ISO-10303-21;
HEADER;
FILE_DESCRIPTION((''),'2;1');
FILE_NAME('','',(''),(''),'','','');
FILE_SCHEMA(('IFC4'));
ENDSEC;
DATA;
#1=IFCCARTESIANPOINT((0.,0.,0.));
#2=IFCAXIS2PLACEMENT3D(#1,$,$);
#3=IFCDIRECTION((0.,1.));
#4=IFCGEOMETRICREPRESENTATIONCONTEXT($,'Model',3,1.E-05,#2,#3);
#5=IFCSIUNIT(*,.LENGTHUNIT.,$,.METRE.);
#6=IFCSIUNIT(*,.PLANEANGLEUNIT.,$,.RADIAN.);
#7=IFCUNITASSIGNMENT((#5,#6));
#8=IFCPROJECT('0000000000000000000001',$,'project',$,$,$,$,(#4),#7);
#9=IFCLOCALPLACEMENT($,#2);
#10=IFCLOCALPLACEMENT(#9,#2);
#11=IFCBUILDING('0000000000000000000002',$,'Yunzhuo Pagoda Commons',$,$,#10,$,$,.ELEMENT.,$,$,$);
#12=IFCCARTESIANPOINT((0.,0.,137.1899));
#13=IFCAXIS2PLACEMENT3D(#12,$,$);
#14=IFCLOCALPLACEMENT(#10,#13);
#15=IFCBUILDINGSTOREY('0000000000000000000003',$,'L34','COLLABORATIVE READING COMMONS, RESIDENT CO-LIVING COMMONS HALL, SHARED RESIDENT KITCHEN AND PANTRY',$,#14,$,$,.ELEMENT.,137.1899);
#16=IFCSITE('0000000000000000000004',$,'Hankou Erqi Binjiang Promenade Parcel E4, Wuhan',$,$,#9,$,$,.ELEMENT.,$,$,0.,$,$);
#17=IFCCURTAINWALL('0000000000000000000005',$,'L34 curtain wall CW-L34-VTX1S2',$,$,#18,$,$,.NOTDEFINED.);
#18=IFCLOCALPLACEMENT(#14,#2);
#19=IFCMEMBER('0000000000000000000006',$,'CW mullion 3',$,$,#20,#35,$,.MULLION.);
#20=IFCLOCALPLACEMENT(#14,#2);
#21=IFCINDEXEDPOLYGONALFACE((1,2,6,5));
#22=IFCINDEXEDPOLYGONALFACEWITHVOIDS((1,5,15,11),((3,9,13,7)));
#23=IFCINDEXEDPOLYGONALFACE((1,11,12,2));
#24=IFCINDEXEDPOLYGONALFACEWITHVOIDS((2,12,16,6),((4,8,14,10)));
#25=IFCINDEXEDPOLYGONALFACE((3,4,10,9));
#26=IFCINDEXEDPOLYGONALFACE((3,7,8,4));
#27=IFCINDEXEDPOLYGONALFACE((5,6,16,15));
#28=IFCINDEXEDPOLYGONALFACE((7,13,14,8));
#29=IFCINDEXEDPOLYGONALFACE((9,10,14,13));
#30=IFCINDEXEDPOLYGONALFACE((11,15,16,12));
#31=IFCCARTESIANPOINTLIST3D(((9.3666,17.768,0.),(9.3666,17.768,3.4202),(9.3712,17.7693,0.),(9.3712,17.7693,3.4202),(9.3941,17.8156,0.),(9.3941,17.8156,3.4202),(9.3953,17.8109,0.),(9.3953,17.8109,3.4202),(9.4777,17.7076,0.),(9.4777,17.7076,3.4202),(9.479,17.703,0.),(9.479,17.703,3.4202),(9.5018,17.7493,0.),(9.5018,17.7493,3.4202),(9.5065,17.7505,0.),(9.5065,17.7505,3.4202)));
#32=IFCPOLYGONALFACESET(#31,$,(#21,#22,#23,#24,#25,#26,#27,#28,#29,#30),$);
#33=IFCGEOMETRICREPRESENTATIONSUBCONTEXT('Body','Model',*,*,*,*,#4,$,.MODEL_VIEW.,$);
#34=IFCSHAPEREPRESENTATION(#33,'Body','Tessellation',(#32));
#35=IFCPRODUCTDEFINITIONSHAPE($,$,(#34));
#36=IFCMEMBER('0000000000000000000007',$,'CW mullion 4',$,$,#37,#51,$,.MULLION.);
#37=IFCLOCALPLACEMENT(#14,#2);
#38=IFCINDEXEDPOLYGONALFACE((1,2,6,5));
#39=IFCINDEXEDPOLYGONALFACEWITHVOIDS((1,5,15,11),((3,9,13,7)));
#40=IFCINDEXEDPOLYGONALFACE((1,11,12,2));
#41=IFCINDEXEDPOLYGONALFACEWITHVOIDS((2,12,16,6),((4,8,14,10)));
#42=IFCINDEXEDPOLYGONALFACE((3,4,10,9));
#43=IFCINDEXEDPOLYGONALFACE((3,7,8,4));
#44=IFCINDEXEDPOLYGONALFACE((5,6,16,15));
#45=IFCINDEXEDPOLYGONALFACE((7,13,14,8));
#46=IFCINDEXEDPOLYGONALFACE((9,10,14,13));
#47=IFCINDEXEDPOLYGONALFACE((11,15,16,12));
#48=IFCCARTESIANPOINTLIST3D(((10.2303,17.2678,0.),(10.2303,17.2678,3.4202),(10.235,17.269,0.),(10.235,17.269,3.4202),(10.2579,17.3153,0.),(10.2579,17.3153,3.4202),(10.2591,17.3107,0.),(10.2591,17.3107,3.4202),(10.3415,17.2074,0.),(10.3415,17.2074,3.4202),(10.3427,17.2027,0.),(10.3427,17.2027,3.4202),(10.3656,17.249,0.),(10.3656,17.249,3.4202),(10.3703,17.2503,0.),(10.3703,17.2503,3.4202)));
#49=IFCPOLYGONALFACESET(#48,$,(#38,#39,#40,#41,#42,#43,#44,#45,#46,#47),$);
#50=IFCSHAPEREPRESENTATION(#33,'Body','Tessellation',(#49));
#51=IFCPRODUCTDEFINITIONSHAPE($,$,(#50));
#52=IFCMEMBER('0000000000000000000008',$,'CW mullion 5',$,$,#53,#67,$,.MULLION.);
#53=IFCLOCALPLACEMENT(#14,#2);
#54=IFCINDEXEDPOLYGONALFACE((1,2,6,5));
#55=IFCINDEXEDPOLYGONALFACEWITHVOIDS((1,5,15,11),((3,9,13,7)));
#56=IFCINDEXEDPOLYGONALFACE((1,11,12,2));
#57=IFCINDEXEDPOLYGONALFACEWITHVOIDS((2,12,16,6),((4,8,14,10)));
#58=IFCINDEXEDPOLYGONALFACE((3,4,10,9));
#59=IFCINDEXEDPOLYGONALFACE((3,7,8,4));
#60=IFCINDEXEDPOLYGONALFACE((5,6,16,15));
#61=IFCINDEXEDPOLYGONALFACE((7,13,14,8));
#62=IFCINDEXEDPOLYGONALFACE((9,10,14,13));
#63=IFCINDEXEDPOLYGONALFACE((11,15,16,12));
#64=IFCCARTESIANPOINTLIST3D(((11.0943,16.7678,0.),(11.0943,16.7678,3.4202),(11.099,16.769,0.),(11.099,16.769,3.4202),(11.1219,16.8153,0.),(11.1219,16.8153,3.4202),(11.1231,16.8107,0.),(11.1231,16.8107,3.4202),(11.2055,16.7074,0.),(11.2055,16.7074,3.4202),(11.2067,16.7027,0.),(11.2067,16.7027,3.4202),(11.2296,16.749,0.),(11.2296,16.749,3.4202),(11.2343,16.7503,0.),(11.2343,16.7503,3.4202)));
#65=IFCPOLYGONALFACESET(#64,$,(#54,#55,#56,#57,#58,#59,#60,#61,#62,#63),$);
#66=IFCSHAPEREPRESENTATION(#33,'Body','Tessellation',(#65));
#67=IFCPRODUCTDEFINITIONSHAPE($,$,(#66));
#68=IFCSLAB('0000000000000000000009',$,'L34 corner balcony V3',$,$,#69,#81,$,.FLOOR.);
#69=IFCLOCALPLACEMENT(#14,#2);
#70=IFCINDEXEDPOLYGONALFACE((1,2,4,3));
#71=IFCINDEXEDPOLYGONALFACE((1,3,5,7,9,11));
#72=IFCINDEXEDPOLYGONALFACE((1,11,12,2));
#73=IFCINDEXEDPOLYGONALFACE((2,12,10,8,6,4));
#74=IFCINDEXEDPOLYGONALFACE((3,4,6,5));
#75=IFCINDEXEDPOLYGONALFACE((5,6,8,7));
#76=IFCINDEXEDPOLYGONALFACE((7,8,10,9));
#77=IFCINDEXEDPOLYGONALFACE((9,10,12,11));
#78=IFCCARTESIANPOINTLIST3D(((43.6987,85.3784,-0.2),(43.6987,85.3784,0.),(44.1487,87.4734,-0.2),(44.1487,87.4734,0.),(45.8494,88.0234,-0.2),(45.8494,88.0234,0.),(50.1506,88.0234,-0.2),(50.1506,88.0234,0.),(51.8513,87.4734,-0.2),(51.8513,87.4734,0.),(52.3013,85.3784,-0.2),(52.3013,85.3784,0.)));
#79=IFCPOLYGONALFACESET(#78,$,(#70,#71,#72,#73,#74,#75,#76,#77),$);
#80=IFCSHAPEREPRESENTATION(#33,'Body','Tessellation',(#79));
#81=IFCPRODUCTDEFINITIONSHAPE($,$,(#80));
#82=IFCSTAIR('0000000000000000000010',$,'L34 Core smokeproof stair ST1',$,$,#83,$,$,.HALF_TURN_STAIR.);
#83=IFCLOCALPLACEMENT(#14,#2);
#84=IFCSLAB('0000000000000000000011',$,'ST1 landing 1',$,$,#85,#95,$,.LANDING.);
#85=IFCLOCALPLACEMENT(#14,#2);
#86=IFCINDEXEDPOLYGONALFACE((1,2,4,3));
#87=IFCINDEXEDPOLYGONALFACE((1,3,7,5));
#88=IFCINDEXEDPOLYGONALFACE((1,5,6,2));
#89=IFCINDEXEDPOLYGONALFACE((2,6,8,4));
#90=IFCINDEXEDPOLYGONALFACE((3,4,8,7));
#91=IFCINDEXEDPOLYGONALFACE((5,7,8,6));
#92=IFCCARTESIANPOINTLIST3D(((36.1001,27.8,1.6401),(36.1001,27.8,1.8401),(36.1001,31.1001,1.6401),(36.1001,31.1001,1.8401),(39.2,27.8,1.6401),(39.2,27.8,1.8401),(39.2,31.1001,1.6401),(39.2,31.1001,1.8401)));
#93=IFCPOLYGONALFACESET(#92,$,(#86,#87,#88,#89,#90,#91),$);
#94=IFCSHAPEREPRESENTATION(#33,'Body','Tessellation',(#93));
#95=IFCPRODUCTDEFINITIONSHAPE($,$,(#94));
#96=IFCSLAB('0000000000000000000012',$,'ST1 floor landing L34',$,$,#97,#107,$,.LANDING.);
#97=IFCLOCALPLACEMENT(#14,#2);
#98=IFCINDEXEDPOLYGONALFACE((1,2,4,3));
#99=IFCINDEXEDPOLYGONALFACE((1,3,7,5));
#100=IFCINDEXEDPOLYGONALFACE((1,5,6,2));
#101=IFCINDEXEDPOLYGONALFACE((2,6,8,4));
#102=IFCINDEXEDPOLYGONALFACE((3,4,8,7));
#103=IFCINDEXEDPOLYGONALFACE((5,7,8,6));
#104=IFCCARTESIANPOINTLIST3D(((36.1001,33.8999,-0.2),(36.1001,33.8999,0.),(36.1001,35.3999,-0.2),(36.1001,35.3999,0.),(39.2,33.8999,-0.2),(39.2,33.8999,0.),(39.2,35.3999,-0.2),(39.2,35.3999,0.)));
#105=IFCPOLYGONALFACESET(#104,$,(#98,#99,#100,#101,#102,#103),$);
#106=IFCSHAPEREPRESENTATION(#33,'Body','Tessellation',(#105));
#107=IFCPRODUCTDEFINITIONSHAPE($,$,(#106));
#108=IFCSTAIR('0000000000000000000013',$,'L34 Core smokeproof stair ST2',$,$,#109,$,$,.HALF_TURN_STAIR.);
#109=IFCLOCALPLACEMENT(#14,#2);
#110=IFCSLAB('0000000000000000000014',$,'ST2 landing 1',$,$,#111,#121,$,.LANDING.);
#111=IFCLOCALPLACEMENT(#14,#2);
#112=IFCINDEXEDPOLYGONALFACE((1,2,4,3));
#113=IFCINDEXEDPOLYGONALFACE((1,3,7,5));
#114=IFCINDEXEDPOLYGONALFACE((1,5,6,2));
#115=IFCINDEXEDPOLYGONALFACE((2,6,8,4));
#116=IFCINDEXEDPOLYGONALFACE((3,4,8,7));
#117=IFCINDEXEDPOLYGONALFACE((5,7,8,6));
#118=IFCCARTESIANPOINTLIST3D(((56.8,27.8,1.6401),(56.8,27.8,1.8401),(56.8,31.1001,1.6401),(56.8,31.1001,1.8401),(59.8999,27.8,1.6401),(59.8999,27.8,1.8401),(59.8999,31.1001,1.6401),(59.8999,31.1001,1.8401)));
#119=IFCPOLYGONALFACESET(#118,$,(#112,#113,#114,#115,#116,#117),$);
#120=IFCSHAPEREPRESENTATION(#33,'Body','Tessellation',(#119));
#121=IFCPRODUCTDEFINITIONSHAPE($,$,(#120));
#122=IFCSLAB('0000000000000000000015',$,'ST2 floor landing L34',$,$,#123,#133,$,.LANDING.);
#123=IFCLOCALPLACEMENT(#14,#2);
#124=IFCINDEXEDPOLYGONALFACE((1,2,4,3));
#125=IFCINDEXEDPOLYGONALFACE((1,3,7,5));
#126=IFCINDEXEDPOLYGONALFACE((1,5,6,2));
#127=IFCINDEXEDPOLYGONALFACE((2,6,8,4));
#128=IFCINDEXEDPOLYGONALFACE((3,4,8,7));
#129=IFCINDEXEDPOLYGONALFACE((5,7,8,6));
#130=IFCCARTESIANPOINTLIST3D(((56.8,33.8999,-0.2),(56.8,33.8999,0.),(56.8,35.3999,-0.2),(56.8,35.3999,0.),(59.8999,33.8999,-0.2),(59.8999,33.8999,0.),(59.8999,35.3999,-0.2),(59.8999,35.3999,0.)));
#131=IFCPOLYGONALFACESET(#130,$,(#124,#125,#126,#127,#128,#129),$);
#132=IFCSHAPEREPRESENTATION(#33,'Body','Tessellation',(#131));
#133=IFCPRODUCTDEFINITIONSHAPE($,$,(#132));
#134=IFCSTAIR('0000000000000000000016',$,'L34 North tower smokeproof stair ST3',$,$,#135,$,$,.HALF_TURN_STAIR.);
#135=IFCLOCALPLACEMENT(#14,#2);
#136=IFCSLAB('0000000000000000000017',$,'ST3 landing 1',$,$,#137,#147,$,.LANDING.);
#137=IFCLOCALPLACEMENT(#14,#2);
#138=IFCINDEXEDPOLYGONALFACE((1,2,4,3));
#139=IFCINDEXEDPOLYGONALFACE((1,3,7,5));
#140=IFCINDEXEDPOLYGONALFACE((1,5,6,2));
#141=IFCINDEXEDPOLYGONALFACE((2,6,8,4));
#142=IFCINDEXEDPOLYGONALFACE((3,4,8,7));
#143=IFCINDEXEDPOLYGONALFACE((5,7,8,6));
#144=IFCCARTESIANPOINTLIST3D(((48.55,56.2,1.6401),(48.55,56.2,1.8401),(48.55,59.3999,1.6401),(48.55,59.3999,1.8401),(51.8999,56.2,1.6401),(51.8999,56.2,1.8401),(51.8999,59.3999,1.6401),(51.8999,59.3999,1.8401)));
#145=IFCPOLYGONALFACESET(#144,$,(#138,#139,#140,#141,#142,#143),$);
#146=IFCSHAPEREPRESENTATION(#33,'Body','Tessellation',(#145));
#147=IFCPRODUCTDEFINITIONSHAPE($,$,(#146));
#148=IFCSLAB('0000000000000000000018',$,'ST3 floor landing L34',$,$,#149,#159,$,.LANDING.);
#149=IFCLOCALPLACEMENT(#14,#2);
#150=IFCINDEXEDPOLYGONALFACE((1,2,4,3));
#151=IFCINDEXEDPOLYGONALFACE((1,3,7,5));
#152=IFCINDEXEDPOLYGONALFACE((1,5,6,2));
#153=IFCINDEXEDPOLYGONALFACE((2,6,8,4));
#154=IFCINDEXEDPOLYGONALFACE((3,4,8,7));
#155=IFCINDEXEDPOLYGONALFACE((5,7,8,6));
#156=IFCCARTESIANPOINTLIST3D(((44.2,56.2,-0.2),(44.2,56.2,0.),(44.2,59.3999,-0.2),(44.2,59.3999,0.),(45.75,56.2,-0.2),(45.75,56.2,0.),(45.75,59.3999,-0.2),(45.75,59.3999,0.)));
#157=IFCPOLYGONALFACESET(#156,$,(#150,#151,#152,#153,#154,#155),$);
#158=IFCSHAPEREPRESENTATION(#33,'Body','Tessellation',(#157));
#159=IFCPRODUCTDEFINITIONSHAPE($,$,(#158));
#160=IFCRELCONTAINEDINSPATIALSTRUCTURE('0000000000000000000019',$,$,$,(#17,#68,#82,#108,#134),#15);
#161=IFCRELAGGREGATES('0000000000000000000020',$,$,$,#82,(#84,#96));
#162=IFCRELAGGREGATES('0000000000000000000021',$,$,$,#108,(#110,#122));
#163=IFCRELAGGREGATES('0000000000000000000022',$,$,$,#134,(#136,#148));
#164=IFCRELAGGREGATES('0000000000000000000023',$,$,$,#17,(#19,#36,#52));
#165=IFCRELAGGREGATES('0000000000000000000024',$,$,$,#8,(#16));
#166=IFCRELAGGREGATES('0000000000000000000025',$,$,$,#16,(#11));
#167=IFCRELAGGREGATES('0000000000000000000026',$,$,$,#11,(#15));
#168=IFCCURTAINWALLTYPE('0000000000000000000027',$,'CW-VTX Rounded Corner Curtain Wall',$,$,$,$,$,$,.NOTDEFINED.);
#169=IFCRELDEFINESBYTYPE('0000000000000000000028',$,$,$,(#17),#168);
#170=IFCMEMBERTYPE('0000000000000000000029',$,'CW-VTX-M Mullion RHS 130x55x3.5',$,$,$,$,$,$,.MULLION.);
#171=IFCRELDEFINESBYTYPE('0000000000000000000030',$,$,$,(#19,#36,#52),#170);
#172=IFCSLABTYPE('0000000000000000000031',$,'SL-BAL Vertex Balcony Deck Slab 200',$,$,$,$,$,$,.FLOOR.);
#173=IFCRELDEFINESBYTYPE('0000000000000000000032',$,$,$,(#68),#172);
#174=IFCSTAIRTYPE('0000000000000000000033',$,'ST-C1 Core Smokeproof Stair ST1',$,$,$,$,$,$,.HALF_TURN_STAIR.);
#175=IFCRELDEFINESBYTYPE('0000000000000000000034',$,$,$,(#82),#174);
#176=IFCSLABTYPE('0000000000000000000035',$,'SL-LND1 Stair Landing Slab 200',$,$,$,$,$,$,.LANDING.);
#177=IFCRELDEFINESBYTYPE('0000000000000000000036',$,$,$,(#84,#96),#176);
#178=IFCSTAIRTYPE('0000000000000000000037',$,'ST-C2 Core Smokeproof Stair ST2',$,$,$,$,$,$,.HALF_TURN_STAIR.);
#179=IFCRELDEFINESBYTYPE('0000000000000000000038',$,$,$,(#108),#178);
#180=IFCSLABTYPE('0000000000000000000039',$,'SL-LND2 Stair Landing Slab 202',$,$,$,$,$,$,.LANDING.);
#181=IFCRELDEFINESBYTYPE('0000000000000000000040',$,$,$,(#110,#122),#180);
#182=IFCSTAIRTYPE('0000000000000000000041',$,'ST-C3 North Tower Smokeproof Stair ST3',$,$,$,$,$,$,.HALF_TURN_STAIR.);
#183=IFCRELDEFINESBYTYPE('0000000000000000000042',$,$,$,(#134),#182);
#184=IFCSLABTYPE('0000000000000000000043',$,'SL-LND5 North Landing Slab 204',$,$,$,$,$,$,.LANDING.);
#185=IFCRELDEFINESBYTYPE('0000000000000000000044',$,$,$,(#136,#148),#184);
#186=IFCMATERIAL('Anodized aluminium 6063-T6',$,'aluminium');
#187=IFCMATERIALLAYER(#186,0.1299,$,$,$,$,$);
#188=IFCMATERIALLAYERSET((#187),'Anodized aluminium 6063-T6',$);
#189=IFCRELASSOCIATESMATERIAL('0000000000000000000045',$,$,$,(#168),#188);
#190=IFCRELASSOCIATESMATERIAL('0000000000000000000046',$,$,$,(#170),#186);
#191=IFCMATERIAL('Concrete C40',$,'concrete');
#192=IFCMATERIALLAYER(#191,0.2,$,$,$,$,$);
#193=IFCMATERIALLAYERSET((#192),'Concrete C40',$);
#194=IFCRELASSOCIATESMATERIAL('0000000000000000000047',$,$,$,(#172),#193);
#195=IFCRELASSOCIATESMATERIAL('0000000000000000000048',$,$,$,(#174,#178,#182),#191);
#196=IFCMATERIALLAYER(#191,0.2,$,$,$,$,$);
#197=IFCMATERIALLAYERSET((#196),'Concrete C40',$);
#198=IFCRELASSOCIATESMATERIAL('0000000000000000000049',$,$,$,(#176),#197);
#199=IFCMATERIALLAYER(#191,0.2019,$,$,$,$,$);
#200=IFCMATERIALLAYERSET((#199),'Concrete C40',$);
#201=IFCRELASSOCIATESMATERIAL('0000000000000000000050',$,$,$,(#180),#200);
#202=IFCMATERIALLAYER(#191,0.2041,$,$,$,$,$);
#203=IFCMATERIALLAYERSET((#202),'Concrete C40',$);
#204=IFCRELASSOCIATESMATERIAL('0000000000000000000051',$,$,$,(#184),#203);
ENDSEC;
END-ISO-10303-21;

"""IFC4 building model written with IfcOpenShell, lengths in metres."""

from ifc_helpers import new_model, si_unit, direction, frame, origin, origin_2d, place, context, subcontext, project, spatial, polyline, hollow_rectangle, outline, extrude, source, transform, mapped, material, layer, layer_set, material_profile, profile_set, type_object, element, aggregate, save


model = new_model("IFC4")

# Units and contexts
model_context = context("Model", 3, precision=1e-05, world=origin(), true_north=direction((0.0, 1.0)))
body_context = subcontext(model_context, "Body", "Model", "MODEL_VIEW")
ifc_project = project(units=[si_unit("LENGTHUNIT", "METRE"), si_unit("PLANEANGLEUNIT", "RADIAN")], contexts=[model_context])

# Site, building, storey
site_placement = place(None, origin())
site = spatial("IfcSite", under=ifc_project, at=site_placement, Name="Hankou Erqi Binjiang Promenade Parcel E4, Wuhan", CompositionType="ELEMENT", RefElevation=0.0)
building_placement = place(site_placement, origin())
building = spatial("IfcBuilding", under=site, at=building_placement, Name="Yunzhuo Pagoda Commons", CompositionType="ELEMENT")
storey_placement = place(building_placement, frame((0.0, 0.0, 137.1899)))
storey = spatial("IfcBuildingStorey", under=building, at=storey_placement, Name="L34", Description="COLLABORATIVE READING COMMONS, RESIDENT CO-LIVING COMMONS HALL, SHARED RESIDENT KITCHEN AND PANTRY", CompositionType="ELEMENT", Elevation=137.1899)

# Curtain wall, members
ifc_material_1 = material(Name="Anodized aluminium 6063-T6", Category="aluminium")
ifc_layer_1 = layer(ifc_material_1, 0.1299)
ifc_layer_set_1 = layer_set([ifc_layer_1], Name="Anodized aluminium 6063-T6")
curtain_wall_type = type_object("IfcCurtainWallType", Name="CW-VTX Rounded Corner Curtain Wall", PredefinedType="NOTDEFINED", material=ifc_layer_set_1)
curtain_wall_placement = place(storey_placement, origin())
curtain_wall = element("IfcCurtainWall", 1, at=curtain_wall_placement, inside=storey, type_object=curtain_wall_type, Name="L34 curtain wall CW-L34-VTX1S2", PredefinedType="NOTDEFINED")
ifc_material_profile_1 = material_profile(ifc_material_1, hollow_rectangle(XDim=0.0549, YDim=0.1299, WallThickness=0.0034, at=origin_2d()), Name="Anodized aluminium 6063-T6")
ifc_profile_set_1 = profile_set([ifc_material_profile_1], Name="Anodized aluminium 6063-T6")
member_type_1 = type_object("IfcMemberType", Name="CW-VTX-M Mullion RHS 130x55x3.5", PredefinedType="MULLION", material=ifc_profile_set_1)
shared_shape_1 = source(origin(), body_context, "Body", "SweptSolid", [
    extrude(hollow_rectangle(XDim=0.0549, YDim=0.1299, WallThickness=0.0034, at=origin_2d()), origin(), (0.0, 0.0, 1.0), 3.4202),
])
member_1_placement = place(storey_placement, frame((9.4365, 17.7593, 0.0), z_axis=(0.0, 0.0, 1.0), x_axis=(0.501038, 0.865425, 0.0)))
member_1 = element("IfcMember", 2, at=member_1_placement, type_object=member_type_1, Name="CW mullion 3", PredefinedType="MULLION", context=body_context, shape_type="MappedRepresentation", body=[
    mapped(shared_shape_1, transform((0.0, 0.0, 0.0), scale=1.0)),
])
member_2_placement = place(storey_placement, frame((10.3003, 17.259, 0.0), z_axis=(0.0, 0.0, 1.0), x_axis=(0.501038, 0.865425, 0.0)))
member_2 = element("IfcMember", 3, at=member_2_placement, type_object=member_type_1, Name="CW mullion 4", PredefinedType="MULLION", context=body_context, shape_type="MappedRepresentation", body=[
    mapped(shared_shape_1, transform((0.0, 0.0, 0.0), scale=1.0)),
])
member_3_placement = place(storey_placement, frame((11.1643, 16.759, 0.0), z_axis=(0.0, 0.0, 1.0), x_axis=(0.501038, 0.865425, 0.0)))
member_3 = element("IfcMember", 4, at=member_3_placement, type_object=member_type_1, Name="CW mullion 5", PredefinedType="MULLION", context=body_context, shape_type="MappedRepresentation", body=[
    mapped(shared_shape_1, transform((0.0, 0.0, 0.0), scale=1.0)),
])

# Slab
ifc_material_2 = material(Name="Concrete C40", Category="concrete")
ifc_layer_2 = layer(ifc_material_2, 0.2)
ifc_layer_set_2 = layer_set([ifc_layer_2], Name="Concrete C40")
slab_type_1 = type_object("IfcSlabType", Name="SL-BAL Vertex Balcony Deck Slab 200", PredefinedType="FLOOR", material=ifc_layer_set_2)
slab_1_placement = place(storey_placement, frame((0.0, 0.0, -0.2)))
element("IfcSlab", 5, at=slab_1_placement, inside=storey, type_object=slab_type_1, Name="L34 corner balcony V3", PredefinedType="FLOOR", context=body_context, shape_type="SweptSolid", body=[
    extrude(outline(polyline([(52.3013, 85.3784), (43.6987, 85.3784), (44.1487, 87.4734), (45.8494, 88.0234), (50.1506, 88.0234), (51.8513, 87.4734), (52.3013, 85.3784)])), origin(), (0.0, 0.0, 1.0), 0.2),
])

# Stairs, slabs
stair_type_1 = type_object("IfcStairType", Name="ST-C1 Core Smokeproof Stair ST1", PredefinedType="HALF_TURN_STAIR", material=ifc_material_2)
stair_1_placement = place(storey_placement, origin())
stair_1 = element("IfcStair", 6, at=stair_1_placement, inside=storey, type_object=stair_type_1, Name="L34 Core smokeproof stair ST1", PredefinedType="HALF_TURN_STAIR")
ifc_layer_3 = layer(ifc_material_2, 0.2)
ifc_layer_set_3 = layer_set([ifc_layer_3], Name="Concrete C40")
slab_type_2 = type_object("IfcSlabType", Name="SL-LND1 Stair Landing Slab 200", PredefinedType="LANDING", material=ifc_layer_set_3)
slab_2_placement = place(storey_placement, frame((0.0, 0.0, 1.6401)))
slab_2 = element("IfcSlab", 7, at=slab_2_placement, type_object=slab_type_2, Name="ST1 landing 1", PredefinedType="LANDING", context=body_context, shape_type="SweptSolid", body=[
    extrude(outline(polyline([(36.1001, 31.1001), (36.1001, 27.8), (39.2, 27.8), (39.2, 31.1001), (36.1001, 31.1001)])), origin(), (0.0, 0.0, 1.0), 0.2),
])
slab_3_placement = place(storey_placement, frame((0.0, 0.0, -0.2)))
slab_3 = element("IfcSlab", 8, at=slab_3_placement, type_object=slab_type_2, Name="ST1 floor landing L34", PredefinedType="LANDING", context=body_context, shape_type="SweptSolid", body=[
    extrude(outline(polyline([(36.1001, 35.3999), (36.1001, 33.8999), (39.2, 33.8999), (39.2, 35.3999), (36.1001, 35.3999)])), origin(), (0.0, 0.0, 1.0), 0.2),
])
aggregate(stair_1, [slab_2, slab_3])
stair_type_2 = type_object("IfcStairType", Name="ST-C2 Core Smokeproof Stair ST2", PredefinedType="HALF_TURN_STAIR", material=ifc_material_2)
stair_2_placement = place(storey_placement, origin())
stair_2 = element("IfcStair", 9, at=stair_2_placement, inside=storey, type_object=stair_type_2, Name="L34 Core smokeproof stair ST2", PredefinedType="HALF_TURN_STAIR")
ifc_layer_4 = layer(ifc_material_2, 0.2019)
ifc_layer_set_4 = layer_set([ifc_layer_4], Name="Concrete C40")
slab_type_3 = type_object("IfcSlabType", Name="SL-LND2 Stair Landing Slab 202", PredefinedType="LANDING", material=ifc_layer_set_4)
slab_4_placement = place(storey_placement, frame((0.0, 0.0, 1.6401)))
slab_4 = element("IfcSlab", 10, at=slab_4_placement, type_object=slab_type_3, Name="ST2 landing 1", PredefinedType="LANDING", context=body_context, shape_type="SweptSolid", body=[
    extrude(outline(polyline([(56.8, 31.1001), (56.8, 27.8), (59.8999, 27.8), (59.8999, 31.1001), (56.8, 31.1001)])), origin(), (0.0, 0.0, 1.0), 0.2),
])
slab_5_placement = place(storey_placement, frame((0.0, 0.0, -0.2)))
slab_5 = element("IfcSlab", 11, at=slab_5_placement, type_object=slab_type_3, Name="ST2 floor landing L34", PredefinedType="LANDING", context=body_context, shape_type="SweptSolid", body=[
    extrude(outline(polyline([(56.8, 35.3999), (56.8, 33.8999), (59.8999, 33.8999), (59.8999, 35.3999), (56.8, 35.3999)])), origin(), (0.0, 0.0, 1.0), 0.2),
])
aggregate(stair_2, [slab_4, slab_5])
stair_type_3 = type_object("IfcStairType", Name="ST-C3 North Tower Smokeproof Stair ST3", PredefinedType="HALF_TURN_STAIR", material=ifc_material_2)
stair_3_placement = place(storey_placement, origin())
stair_3 = element("IfcStair", 12, at=stair_3_placement, inside=storey, type_object=stair_type_3, Name="L34 North tower smokeproof stair ST3", PredefinedType="HALF_TURN_STAIR")
ifc_layer_5 = layer(ifc_material_2, 0.2041)
ifc_layer_set_5 = layer_set([ifc_layer_5], Name="Concrete C40")
slab_type_4 = type_object("IfcSlabType", Name="SL-LND5 North Landing Slab 204", PredefinedType="LANDING", material=ifc_layer_set_5)
slab_6_placement = place(storey_placement, frame((0.0, 0.0, 1.6401)))
slab_6 = element("IfcSlab", 13, at=slab_6_placement, type_object=slab_type_4, Name="ST3 landing 1", PredefinedType="LANDING", context=body_context, shape_type="SweptSolid", body=[
    extrude(outline(polyline([(48.55, 56.2), (51.8999, 56.2), (51.8999, 59.3999), (48.55, 59.3999), (48.55, 56.2)])), origin(), (0.0, 0.0, 1.0), 0.2),
])
slab_7_placement = place(storey_placement, frame((0.0, 0.0, -0.2)))
slab_7 = element("IfcSlab", 14, at=slab_7_placement, type_object=slab_type_4, Name="ST3 floor landing L34", PredefinedType="LANDING", context=body_context, shape_type="SweptSolid", body=[
    extrude(outline(polyline([(44.2, 56.2), (45.75, 56.2), (45.75, 59.3999), (44.2, 59.3999), (44.2, 56.2)])), origin(), (0.0, 0.0, 1.0), 0.2),
])
aggregate(stair_3, [slab_6, slab_7])

aggregate(curtain_wall, [member_1, member_2, member_3])

save(model, "model.ifc")
